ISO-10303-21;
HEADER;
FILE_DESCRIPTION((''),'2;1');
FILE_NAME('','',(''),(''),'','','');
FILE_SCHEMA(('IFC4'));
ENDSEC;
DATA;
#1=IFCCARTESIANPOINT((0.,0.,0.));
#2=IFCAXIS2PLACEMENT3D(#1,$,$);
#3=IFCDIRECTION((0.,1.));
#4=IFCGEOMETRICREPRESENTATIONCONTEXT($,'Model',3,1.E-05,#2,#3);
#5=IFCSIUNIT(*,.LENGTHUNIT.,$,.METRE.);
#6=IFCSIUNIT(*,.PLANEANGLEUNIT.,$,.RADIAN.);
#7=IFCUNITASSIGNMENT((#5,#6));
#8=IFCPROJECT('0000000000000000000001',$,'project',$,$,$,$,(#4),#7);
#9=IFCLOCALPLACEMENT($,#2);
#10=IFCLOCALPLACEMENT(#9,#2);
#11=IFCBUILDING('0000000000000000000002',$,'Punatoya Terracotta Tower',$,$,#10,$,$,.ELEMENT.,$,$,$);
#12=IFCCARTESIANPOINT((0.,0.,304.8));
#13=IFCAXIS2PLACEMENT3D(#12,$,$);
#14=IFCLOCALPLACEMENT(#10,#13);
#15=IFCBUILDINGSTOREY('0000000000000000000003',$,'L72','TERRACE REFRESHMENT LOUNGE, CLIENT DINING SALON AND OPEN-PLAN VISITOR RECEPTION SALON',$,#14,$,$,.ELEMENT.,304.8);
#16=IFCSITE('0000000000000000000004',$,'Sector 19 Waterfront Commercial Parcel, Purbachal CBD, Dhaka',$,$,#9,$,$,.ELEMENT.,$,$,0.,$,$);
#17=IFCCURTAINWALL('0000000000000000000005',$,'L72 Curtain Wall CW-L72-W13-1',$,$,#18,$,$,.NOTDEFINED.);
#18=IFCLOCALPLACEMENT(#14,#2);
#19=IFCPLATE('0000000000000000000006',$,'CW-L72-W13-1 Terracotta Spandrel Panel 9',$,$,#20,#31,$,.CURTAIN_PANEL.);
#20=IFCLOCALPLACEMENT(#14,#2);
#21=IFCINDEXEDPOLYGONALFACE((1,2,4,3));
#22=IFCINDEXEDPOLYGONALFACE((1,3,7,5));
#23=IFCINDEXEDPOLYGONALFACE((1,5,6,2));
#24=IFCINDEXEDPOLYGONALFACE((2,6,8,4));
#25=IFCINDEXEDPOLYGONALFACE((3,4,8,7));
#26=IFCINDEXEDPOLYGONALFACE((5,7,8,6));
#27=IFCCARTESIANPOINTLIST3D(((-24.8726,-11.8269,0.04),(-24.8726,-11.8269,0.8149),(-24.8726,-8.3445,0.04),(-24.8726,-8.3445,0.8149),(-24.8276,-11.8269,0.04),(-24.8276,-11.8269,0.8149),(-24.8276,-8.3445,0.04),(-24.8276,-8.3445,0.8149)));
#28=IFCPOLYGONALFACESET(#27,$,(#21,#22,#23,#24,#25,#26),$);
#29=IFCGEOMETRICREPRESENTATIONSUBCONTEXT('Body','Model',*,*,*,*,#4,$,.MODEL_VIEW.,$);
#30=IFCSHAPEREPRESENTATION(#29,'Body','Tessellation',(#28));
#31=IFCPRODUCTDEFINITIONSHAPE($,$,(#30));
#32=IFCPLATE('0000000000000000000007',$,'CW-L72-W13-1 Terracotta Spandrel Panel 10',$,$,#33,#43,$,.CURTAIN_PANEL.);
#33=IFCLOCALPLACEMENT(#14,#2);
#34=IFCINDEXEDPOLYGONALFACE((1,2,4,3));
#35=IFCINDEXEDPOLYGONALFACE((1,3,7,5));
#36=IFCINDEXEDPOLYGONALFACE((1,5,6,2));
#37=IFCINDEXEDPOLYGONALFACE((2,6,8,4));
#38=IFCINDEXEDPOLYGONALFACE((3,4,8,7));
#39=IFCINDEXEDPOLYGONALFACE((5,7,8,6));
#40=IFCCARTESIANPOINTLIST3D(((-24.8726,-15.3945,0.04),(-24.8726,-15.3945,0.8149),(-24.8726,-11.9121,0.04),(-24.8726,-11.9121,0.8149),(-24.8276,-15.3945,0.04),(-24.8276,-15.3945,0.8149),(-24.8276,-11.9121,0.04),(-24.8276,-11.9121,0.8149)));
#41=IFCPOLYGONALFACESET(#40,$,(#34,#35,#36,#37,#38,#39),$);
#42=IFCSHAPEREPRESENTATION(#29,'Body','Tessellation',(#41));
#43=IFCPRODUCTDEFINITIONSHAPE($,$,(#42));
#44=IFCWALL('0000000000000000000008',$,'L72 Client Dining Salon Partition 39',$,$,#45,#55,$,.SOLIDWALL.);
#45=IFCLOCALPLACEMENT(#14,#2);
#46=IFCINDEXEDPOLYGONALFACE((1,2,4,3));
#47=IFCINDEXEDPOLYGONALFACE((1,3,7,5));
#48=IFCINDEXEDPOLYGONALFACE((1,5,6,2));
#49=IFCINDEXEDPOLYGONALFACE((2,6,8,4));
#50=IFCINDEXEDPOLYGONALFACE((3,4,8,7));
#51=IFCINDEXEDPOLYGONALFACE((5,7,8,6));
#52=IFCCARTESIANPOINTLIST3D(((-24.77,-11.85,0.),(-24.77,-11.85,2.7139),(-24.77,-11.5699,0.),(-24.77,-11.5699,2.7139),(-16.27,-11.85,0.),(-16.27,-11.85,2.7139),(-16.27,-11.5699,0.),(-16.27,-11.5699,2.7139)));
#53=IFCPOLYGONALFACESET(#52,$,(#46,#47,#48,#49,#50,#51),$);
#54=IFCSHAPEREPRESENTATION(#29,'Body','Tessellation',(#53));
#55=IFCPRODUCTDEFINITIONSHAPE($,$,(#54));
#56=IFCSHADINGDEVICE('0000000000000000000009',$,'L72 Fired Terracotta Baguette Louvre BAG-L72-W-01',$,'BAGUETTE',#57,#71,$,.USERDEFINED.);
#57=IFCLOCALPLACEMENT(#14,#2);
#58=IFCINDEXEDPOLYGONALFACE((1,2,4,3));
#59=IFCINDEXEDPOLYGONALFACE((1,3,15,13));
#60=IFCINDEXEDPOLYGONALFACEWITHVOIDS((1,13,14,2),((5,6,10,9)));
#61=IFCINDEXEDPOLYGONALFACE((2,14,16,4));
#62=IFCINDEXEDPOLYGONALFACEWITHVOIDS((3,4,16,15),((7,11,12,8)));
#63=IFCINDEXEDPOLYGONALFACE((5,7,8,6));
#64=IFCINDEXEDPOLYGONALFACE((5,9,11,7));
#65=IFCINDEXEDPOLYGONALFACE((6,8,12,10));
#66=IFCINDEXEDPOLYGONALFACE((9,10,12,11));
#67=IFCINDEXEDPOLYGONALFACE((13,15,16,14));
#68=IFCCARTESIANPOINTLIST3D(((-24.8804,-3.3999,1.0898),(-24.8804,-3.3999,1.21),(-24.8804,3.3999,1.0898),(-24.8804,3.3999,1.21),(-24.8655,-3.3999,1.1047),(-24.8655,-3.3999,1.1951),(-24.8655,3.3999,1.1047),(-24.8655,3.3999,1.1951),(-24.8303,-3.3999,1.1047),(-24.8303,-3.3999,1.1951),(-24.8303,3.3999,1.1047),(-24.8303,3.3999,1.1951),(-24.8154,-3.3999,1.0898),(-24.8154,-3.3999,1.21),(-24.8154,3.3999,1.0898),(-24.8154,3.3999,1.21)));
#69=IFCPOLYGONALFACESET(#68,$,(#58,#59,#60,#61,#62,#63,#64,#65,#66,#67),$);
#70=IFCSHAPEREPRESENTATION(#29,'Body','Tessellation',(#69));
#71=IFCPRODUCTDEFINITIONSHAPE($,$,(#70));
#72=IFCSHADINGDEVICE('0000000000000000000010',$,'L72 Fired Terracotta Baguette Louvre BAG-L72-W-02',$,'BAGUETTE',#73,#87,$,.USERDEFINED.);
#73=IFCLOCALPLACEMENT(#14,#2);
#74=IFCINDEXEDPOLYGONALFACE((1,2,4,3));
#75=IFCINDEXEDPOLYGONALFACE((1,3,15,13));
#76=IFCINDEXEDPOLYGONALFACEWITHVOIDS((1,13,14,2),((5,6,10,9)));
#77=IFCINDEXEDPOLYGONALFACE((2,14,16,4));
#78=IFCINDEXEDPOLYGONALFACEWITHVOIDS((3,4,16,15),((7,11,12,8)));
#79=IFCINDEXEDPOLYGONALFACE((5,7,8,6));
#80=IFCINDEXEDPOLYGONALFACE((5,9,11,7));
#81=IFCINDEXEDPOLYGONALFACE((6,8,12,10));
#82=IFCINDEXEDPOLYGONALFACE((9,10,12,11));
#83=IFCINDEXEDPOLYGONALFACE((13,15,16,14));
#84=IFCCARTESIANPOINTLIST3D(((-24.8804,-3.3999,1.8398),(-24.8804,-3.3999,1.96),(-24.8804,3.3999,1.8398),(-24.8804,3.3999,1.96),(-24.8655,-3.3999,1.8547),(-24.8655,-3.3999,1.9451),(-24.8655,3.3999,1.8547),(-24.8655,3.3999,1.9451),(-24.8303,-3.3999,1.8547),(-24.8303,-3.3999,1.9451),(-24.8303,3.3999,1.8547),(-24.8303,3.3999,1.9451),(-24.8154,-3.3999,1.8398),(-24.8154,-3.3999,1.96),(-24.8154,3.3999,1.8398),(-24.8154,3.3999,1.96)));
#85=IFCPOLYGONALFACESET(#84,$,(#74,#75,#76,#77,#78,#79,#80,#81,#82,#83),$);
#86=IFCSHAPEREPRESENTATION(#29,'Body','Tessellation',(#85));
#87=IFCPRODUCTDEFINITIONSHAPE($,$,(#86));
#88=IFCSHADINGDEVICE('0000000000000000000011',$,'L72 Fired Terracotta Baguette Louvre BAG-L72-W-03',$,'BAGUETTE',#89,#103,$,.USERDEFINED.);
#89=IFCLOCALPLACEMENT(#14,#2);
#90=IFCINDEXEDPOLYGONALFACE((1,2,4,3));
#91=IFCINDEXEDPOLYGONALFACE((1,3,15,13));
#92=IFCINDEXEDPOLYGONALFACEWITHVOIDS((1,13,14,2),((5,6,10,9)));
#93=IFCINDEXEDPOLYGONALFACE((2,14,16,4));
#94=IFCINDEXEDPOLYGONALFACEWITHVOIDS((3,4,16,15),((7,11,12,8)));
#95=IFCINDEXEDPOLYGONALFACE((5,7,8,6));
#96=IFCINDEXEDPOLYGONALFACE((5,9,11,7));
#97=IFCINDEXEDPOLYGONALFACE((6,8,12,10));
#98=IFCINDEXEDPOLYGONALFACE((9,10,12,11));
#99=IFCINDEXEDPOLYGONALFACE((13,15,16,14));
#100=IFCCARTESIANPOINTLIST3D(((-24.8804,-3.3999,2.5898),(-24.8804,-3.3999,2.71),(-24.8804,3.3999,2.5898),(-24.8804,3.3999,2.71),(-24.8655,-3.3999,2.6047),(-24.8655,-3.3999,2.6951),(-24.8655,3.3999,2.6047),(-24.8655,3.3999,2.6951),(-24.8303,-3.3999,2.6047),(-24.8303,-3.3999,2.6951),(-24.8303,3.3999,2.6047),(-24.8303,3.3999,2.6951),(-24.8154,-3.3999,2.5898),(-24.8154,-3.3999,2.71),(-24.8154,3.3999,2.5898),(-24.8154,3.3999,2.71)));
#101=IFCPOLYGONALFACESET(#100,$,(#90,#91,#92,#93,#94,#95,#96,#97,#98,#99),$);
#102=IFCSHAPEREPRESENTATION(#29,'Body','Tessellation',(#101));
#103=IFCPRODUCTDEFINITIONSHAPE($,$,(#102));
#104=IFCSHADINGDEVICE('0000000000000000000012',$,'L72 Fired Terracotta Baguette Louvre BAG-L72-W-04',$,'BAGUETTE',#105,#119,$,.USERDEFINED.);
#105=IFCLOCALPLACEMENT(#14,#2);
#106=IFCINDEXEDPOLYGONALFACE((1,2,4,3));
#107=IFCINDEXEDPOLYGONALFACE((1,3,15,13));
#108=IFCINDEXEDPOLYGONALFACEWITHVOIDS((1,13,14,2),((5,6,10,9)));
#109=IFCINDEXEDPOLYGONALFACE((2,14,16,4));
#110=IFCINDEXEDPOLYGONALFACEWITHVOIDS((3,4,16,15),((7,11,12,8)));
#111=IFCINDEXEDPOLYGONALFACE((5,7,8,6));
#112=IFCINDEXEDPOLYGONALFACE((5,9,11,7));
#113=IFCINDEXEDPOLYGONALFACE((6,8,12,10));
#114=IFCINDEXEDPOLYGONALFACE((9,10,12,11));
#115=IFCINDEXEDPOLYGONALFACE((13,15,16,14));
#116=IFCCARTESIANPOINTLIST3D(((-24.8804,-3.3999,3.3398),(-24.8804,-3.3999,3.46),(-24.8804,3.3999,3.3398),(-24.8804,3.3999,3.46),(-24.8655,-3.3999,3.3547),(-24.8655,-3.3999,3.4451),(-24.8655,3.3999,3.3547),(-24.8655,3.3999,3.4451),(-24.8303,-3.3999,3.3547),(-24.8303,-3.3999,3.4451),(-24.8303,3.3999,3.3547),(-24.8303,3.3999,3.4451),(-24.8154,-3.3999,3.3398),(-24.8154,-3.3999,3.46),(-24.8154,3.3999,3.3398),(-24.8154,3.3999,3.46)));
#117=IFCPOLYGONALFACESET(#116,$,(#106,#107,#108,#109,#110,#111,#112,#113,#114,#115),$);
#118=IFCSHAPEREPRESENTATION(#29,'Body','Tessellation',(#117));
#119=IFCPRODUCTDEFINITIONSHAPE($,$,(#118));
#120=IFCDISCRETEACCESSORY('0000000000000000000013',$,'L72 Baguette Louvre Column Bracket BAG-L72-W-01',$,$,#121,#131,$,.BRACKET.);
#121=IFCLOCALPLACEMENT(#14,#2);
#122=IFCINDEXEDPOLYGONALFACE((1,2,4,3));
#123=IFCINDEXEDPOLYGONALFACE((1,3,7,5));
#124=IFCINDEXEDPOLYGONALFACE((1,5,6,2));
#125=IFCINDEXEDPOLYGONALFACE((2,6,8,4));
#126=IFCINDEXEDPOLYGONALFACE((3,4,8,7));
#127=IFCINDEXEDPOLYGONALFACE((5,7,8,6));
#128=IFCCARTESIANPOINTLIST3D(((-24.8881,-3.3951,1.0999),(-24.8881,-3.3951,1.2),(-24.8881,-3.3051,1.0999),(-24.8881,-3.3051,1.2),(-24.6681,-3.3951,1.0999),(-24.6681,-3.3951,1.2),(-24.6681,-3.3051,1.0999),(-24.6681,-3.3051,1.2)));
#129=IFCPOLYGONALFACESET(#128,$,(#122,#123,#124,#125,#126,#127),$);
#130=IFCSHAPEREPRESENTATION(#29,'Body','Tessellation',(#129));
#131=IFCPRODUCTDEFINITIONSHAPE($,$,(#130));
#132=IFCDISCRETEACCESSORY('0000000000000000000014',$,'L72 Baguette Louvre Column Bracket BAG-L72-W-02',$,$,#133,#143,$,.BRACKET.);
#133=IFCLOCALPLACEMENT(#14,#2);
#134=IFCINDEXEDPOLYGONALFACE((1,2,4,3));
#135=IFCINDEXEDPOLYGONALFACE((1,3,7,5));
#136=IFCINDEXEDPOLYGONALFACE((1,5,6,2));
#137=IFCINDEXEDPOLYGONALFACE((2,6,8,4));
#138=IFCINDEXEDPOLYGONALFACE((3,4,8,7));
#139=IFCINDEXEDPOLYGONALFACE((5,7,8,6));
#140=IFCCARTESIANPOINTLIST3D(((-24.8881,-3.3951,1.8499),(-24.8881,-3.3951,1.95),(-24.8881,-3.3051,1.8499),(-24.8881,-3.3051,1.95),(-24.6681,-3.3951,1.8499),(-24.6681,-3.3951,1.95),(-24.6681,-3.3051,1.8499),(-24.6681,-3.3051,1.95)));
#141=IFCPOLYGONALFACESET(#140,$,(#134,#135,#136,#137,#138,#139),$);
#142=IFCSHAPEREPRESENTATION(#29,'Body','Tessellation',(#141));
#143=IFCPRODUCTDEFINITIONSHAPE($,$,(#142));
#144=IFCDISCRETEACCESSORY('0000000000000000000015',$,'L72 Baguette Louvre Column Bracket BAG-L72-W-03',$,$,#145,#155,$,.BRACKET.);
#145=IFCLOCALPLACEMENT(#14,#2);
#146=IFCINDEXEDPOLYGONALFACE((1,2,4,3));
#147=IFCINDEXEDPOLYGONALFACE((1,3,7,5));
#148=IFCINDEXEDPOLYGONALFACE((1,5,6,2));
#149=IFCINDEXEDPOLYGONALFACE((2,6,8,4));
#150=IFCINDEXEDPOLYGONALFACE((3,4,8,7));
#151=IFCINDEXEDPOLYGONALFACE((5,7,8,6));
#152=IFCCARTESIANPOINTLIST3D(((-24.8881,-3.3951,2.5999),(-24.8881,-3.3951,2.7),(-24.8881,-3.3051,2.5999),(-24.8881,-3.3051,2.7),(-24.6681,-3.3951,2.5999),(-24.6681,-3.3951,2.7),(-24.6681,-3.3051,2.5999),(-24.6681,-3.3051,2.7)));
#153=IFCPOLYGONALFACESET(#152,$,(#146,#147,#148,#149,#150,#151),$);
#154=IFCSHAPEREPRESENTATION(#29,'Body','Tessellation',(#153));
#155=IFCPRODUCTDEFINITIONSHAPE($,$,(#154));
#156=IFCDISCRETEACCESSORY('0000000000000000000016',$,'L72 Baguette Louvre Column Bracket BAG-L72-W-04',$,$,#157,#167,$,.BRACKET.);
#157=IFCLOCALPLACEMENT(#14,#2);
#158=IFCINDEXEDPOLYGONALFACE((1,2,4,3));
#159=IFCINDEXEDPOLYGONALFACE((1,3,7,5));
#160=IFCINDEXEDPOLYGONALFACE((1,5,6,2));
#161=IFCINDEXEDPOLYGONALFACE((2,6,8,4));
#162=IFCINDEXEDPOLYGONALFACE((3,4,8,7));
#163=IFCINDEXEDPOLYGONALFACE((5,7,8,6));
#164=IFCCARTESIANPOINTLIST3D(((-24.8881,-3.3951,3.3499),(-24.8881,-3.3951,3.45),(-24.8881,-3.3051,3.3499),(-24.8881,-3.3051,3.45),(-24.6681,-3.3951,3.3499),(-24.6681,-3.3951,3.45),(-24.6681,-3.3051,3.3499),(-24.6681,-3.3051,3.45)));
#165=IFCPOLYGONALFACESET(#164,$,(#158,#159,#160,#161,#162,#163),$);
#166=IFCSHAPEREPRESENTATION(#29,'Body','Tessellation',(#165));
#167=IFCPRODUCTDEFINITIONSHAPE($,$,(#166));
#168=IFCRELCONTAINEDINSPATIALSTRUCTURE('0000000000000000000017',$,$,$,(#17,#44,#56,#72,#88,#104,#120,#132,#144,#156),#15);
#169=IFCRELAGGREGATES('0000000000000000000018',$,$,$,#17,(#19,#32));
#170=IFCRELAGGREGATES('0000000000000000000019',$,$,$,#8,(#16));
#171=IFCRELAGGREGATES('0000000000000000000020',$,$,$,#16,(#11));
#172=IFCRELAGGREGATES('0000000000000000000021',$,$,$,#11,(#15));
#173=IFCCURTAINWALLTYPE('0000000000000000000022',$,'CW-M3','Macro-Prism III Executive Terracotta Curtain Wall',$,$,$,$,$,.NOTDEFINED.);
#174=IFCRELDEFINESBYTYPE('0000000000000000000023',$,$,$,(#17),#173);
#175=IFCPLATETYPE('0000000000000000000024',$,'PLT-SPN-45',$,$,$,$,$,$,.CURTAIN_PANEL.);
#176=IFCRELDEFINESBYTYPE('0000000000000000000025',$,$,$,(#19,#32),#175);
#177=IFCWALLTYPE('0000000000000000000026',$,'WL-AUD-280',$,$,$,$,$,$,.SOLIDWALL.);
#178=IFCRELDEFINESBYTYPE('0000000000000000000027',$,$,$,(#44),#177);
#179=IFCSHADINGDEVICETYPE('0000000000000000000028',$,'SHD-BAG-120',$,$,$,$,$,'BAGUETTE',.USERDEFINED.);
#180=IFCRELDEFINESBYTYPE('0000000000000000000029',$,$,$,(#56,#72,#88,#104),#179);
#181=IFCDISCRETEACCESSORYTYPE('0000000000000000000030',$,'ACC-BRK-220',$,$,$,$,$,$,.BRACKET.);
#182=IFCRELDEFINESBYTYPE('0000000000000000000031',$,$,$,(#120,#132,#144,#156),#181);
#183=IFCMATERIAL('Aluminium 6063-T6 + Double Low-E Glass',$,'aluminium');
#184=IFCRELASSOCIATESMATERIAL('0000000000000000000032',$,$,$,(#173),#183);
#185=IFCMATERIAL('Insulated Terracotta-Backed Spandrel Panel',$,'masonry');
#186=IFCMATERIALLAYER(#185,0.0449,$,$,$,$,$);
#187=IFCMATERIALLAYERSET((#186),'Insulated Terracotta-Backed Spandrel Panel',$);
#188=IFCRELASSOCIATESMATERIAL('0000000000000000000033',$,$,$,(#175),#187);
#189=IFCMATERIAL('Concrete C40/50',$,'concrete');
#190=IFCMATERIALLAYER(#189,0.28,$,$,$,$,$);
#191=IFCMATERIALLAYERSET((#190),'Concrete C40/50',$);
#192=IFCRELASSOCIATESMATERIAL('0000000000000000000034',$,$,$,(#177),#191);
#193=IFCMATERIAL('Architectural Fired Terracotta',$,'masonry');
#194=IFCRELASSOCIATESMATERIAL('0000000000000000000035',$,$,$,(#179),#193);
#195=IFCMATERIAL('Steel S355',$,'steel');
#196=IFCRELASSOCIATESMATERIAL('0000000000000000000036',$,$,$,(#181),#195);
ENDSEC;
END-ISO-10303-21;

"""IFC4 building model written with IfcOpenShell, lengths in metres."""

from ifc_helpers import new_model, si_unit, direction, frame, frame_2d, origin, origin_2d, place, context, subcontext, project, spatial, rectangle, hollow_rectangle, extrude, material, layer, layer_set, material_profile, profile_set, type_object, element, aggregate, save


model = new_model("IFC4")

# Units and contexts
model_context = context("Model", 3, precision=1e-05, world=origin(), true_north=direction((0.0, 1.0)))
body_context = subcontext(model_context, "Body", "Model", "MODEL_VIEW")
ifc_project = project(units=[si_unit("LENGTHUNIT", "METRE"), si_unit("PLANEANGLEUNIT", "RADIAN")], contexts=[model_context])

# Site, building, storey
site_placement = place(None, origin())
site = spatial("IfcSite", under=ifc_project, at=site_placement, Name="Sector 19 Waterfront Commercial Parcel, Purbachal CBD, Dhaka", CompositionType="ELEMENT", RefElevation=0.0)
building_placement = place(site_placement, origin())
building = spatial("IfcBuilding", under=site, at=building_placement, Name="Punatoya Terracotta Tower", CompositionType="ELEMENT")
storey_placement = place(building_placement, frame((0.0, 0.0, 304.8)))
storey = spatial("IfcBuildingStorey", under=building, at=storey_placement, Name="L72", Description="TERRACE REFRESHMENT LOUNGE, CLIENT DINING SALON AND OPEN-PLAN VISITOR RECEPTION SALON", CompositionType="ELEMENT", Elevation=304.8)

# Curtain wall
ifc_material_1 = material(Name="Aluminium 6063-T6 + Double Low-E Glass", Category="aluminium")
curtain_wall_type = type_object("IfcCurtainWallType", Name="CW-M3", Description="Macro-Prism III Executive Terracotta Curtain Wall", PredefinedType="NOTDEFINED", material=ifc_material_1)
curtain_wall_1_placement = place(storey_placement, origin())
curtain_wall_1 = element("IfcCurtainWall", 1, at=curtain_wall_1_placement, inside=storey, type_object=curtain_wall_type, Name="L72 Curtain Wall CW-L72-W13-1", PredefinedType="NOTDEFINED")

# Shared definitions
ifc_material_2 = material(Name="Steel S355", Category="steel")

# Plates
ifc_material_3 = material(Name="Insulated Terracotta-Backed Spandrel Panel", Category="masonry")
ifc_layer_1 = layer(ifc_material_3, 0.0449)
ifc_layer_set_1 = layer_set([ifc_layer_1], Name="Insulated Terracotta-Backed Spandrel Panel")
plate_type_1 = type_object("IfcPlateType", Name="PLT-SPN-45", PredefinedType="CURTAIN_PANEL", material=ifc_layer_set_1)
plate_1_placement = place(storey_placement, frame((-24.8501, -10.0857, 0.04), z_axis=(0.0, 0.0, 1.0), x_axis=(0.0, -1.0, 0.0)))
plate_1 = element("IfcPlate", 2, at=plate_1_placement, type_object=plate_type_1, Name="CW-L72-W13-1 Terracotta Spandrel Panel 9", PredefinedType="CURTAIN_PANEL", context=body_context, shape_type="SweptSolid", body=[
    extrude(rectangle(XDim=3.4824, YDim=0.0449, at=origin_2d()), origin(), (0.0, 0.0, 1.0), 0.7749),
])
plate_2_placement = place(storey_placement, frame((-24.8501, -13.6533, 0.04), z_axis=(0.0, 0.0, 1.0), x_axis=(0.0, -1.0, 0.0)))
plate_2 = element("IfcPlate", 3, at=plate_2_placement, type_object=plate_type_1, Name="CW-L72-W13-1 Terracotta Spandrel Panel 10", PredefinedType="CURTAIN_PANEL", context=body_context, shape_type="SweptSolid", body=[
    extrude(rectangle(XDim=3.4824, YDim=0.0449, at=origin_2d()), origin(), (0.0, 0.0, 1.0), 0.7749),
])
aggregate(curtain_wall_1, [plate_1, plate_2])

# Wall
ifc_material_4 = material(Name="Concrete C40/50", Category="concrete")
ifc_layer_2 = layer(ifc_material_4, 0.28)
ifc_layer_set_2 = layer_set([ifc_layer_2], Name="Concrete C40/50")
wall_type = type_object("IfcWallType", Name="WL-AUD-280", PredefinedType="SOLIDWALL", material=ifc_layer_set_2)
wall_placement = place(storey_placement, frame((-24.77, -11.71, 0.0), z_axis=(0.0, 0.0, 1.0), x_axis=(1.0, 0.0, 0.0)))
element("IfcWall", 4, at=wall_placement, inside=storey, type_object=wall_type, Name="L72 Client Dining Salon Partition 39", PredefinedType="SOLIDWALL", context=body_context, shape_type="SweptSolid", body=[
    extrude(rectangle(XDim=8.5, YDim=0.28, at=frame_2d((4.25, 0.0))), origin(), (0.0, 0.0, 1.0), 2.7139),
])

# Shading devices
ifc_material_5 = material(Name="Architectural Fired Terracotta", Category="masonry")
ifc_material_profile_1 = material_profile(ifc_material_5, hollow_rectangle(XDim=0.0649, YDim=0.1201, WallThickness=0.0149, at=origin_2d()))
ifc_profile_set_1 = profile_set([ifc_material_profile_1], Name="Architectural Fired Terracotta")
shading_device_type = type_object("IfcShadingDeviceType", Name="SHD-BAG-120", ElementType="BAGUETTE", PredefinedType="USERDEFINED", material=ifc_profile_set_1)
for number, where, z_axis, x_axis, name in (
    (5, (-24.8479, -3.3999, 1.1499), (0.0, 1.0, 0.0), (-1.0, 0.0, 0.0), "L72 Fired Terracotta Baguette Louvre BAG-L72-W-01"),
    (6, (-24.8479, -3.3999, 1.8999), (0.0, 1.0, 0.0), (-1.0, 0.0, 0.0), "L72 Fired Terracotta Baguette Louvre BAG-L72-W-02"),
    (7, (-24.8479, -3.3999, 2.6499), (0.0, 1.0, 0.0), (-1.0, 0.0, 0.0), "L72 Fired Terracotta Baguette Louvre BAG-L72-W-03"),
    (8, (-24.8479, -3.3999, 3.3999), (0.0, 1.0, 0.0), (-1.0, 0.0, 0.0), "L72 Fired Terracotta Baguette Louvre BAG-L72-W-04"),
):
    element("IfcShadingDevice", number, at=place(storey_placement, frame(where, z_axis=z_axis, x_axis=x_axis)), inside=storey, type_object=shading_device_type, Name=name, ObjectType="BAGUETTE", PredefinedType="USERDEFINED", context=body_context, shape_type="SweptSolid", body=[
        extrude(hollow_rectangle(XDim=0.0649, YDim=0.1201, WallThickness=0.0149, at=origin_2d()), origin(), (0.0, 0.0, 1.0), 6.7998),
    ])

# Discrete accessories
discrete_accessory_type = type_object("IfcDiscreteAccessoryType", Name="ACC-BRK-220", PredefinedType="BRACKET", material=ifc_material_2)
for number, where, z_axis, x_axis, name in (
    (9, (-24.7781, -3.3501, 1.0999), (0.0, 0.0, 1.0), (0.0, 1.0, 0.0), "L72 Baguette Louvre Column Bracket BAG-L72-W-01"),
    (10, (-24.7781, -3.3501, 1.8499), (0.0, 0.0, 1.0), (0.0, 1.0, 0.0), "L72 Baguette Louvre Column Bracket BAG-L72-W-02"),
    (11, (-24.7781, -3.3501, 2.5999), (0.0, 0.0, 1.0), (0.0, 1.0, 0.0), "L72 Baguette Louvre Column Bracket BAG-L72-W-03"),
    (12, (-24.7781, -3.3501, 3.3499), (0.0, 0.0, 1.0), (0.0, 1.0, 0.0), "L72 Baguette Louvre Column Bracket BAG-L72-W-04"),
):
    element("IfcDiscreteAccessory", number, at=place(storey_placement, frame(where, z_axis=z_axis, x_axis=x_axis)), inside=storey, type_object=discrete_accessory_type, Name=name, PredefinedType="BRACKET", context=body_context, shape_type="SweptSolid", body=[
        extrude(rectangle(XDim=0.0901, YDim=0.22, at=origin_2d()), origin(), (0.0, 0.0, 1.0), 0.1001),
    ])

save(model, "model.ifc")
